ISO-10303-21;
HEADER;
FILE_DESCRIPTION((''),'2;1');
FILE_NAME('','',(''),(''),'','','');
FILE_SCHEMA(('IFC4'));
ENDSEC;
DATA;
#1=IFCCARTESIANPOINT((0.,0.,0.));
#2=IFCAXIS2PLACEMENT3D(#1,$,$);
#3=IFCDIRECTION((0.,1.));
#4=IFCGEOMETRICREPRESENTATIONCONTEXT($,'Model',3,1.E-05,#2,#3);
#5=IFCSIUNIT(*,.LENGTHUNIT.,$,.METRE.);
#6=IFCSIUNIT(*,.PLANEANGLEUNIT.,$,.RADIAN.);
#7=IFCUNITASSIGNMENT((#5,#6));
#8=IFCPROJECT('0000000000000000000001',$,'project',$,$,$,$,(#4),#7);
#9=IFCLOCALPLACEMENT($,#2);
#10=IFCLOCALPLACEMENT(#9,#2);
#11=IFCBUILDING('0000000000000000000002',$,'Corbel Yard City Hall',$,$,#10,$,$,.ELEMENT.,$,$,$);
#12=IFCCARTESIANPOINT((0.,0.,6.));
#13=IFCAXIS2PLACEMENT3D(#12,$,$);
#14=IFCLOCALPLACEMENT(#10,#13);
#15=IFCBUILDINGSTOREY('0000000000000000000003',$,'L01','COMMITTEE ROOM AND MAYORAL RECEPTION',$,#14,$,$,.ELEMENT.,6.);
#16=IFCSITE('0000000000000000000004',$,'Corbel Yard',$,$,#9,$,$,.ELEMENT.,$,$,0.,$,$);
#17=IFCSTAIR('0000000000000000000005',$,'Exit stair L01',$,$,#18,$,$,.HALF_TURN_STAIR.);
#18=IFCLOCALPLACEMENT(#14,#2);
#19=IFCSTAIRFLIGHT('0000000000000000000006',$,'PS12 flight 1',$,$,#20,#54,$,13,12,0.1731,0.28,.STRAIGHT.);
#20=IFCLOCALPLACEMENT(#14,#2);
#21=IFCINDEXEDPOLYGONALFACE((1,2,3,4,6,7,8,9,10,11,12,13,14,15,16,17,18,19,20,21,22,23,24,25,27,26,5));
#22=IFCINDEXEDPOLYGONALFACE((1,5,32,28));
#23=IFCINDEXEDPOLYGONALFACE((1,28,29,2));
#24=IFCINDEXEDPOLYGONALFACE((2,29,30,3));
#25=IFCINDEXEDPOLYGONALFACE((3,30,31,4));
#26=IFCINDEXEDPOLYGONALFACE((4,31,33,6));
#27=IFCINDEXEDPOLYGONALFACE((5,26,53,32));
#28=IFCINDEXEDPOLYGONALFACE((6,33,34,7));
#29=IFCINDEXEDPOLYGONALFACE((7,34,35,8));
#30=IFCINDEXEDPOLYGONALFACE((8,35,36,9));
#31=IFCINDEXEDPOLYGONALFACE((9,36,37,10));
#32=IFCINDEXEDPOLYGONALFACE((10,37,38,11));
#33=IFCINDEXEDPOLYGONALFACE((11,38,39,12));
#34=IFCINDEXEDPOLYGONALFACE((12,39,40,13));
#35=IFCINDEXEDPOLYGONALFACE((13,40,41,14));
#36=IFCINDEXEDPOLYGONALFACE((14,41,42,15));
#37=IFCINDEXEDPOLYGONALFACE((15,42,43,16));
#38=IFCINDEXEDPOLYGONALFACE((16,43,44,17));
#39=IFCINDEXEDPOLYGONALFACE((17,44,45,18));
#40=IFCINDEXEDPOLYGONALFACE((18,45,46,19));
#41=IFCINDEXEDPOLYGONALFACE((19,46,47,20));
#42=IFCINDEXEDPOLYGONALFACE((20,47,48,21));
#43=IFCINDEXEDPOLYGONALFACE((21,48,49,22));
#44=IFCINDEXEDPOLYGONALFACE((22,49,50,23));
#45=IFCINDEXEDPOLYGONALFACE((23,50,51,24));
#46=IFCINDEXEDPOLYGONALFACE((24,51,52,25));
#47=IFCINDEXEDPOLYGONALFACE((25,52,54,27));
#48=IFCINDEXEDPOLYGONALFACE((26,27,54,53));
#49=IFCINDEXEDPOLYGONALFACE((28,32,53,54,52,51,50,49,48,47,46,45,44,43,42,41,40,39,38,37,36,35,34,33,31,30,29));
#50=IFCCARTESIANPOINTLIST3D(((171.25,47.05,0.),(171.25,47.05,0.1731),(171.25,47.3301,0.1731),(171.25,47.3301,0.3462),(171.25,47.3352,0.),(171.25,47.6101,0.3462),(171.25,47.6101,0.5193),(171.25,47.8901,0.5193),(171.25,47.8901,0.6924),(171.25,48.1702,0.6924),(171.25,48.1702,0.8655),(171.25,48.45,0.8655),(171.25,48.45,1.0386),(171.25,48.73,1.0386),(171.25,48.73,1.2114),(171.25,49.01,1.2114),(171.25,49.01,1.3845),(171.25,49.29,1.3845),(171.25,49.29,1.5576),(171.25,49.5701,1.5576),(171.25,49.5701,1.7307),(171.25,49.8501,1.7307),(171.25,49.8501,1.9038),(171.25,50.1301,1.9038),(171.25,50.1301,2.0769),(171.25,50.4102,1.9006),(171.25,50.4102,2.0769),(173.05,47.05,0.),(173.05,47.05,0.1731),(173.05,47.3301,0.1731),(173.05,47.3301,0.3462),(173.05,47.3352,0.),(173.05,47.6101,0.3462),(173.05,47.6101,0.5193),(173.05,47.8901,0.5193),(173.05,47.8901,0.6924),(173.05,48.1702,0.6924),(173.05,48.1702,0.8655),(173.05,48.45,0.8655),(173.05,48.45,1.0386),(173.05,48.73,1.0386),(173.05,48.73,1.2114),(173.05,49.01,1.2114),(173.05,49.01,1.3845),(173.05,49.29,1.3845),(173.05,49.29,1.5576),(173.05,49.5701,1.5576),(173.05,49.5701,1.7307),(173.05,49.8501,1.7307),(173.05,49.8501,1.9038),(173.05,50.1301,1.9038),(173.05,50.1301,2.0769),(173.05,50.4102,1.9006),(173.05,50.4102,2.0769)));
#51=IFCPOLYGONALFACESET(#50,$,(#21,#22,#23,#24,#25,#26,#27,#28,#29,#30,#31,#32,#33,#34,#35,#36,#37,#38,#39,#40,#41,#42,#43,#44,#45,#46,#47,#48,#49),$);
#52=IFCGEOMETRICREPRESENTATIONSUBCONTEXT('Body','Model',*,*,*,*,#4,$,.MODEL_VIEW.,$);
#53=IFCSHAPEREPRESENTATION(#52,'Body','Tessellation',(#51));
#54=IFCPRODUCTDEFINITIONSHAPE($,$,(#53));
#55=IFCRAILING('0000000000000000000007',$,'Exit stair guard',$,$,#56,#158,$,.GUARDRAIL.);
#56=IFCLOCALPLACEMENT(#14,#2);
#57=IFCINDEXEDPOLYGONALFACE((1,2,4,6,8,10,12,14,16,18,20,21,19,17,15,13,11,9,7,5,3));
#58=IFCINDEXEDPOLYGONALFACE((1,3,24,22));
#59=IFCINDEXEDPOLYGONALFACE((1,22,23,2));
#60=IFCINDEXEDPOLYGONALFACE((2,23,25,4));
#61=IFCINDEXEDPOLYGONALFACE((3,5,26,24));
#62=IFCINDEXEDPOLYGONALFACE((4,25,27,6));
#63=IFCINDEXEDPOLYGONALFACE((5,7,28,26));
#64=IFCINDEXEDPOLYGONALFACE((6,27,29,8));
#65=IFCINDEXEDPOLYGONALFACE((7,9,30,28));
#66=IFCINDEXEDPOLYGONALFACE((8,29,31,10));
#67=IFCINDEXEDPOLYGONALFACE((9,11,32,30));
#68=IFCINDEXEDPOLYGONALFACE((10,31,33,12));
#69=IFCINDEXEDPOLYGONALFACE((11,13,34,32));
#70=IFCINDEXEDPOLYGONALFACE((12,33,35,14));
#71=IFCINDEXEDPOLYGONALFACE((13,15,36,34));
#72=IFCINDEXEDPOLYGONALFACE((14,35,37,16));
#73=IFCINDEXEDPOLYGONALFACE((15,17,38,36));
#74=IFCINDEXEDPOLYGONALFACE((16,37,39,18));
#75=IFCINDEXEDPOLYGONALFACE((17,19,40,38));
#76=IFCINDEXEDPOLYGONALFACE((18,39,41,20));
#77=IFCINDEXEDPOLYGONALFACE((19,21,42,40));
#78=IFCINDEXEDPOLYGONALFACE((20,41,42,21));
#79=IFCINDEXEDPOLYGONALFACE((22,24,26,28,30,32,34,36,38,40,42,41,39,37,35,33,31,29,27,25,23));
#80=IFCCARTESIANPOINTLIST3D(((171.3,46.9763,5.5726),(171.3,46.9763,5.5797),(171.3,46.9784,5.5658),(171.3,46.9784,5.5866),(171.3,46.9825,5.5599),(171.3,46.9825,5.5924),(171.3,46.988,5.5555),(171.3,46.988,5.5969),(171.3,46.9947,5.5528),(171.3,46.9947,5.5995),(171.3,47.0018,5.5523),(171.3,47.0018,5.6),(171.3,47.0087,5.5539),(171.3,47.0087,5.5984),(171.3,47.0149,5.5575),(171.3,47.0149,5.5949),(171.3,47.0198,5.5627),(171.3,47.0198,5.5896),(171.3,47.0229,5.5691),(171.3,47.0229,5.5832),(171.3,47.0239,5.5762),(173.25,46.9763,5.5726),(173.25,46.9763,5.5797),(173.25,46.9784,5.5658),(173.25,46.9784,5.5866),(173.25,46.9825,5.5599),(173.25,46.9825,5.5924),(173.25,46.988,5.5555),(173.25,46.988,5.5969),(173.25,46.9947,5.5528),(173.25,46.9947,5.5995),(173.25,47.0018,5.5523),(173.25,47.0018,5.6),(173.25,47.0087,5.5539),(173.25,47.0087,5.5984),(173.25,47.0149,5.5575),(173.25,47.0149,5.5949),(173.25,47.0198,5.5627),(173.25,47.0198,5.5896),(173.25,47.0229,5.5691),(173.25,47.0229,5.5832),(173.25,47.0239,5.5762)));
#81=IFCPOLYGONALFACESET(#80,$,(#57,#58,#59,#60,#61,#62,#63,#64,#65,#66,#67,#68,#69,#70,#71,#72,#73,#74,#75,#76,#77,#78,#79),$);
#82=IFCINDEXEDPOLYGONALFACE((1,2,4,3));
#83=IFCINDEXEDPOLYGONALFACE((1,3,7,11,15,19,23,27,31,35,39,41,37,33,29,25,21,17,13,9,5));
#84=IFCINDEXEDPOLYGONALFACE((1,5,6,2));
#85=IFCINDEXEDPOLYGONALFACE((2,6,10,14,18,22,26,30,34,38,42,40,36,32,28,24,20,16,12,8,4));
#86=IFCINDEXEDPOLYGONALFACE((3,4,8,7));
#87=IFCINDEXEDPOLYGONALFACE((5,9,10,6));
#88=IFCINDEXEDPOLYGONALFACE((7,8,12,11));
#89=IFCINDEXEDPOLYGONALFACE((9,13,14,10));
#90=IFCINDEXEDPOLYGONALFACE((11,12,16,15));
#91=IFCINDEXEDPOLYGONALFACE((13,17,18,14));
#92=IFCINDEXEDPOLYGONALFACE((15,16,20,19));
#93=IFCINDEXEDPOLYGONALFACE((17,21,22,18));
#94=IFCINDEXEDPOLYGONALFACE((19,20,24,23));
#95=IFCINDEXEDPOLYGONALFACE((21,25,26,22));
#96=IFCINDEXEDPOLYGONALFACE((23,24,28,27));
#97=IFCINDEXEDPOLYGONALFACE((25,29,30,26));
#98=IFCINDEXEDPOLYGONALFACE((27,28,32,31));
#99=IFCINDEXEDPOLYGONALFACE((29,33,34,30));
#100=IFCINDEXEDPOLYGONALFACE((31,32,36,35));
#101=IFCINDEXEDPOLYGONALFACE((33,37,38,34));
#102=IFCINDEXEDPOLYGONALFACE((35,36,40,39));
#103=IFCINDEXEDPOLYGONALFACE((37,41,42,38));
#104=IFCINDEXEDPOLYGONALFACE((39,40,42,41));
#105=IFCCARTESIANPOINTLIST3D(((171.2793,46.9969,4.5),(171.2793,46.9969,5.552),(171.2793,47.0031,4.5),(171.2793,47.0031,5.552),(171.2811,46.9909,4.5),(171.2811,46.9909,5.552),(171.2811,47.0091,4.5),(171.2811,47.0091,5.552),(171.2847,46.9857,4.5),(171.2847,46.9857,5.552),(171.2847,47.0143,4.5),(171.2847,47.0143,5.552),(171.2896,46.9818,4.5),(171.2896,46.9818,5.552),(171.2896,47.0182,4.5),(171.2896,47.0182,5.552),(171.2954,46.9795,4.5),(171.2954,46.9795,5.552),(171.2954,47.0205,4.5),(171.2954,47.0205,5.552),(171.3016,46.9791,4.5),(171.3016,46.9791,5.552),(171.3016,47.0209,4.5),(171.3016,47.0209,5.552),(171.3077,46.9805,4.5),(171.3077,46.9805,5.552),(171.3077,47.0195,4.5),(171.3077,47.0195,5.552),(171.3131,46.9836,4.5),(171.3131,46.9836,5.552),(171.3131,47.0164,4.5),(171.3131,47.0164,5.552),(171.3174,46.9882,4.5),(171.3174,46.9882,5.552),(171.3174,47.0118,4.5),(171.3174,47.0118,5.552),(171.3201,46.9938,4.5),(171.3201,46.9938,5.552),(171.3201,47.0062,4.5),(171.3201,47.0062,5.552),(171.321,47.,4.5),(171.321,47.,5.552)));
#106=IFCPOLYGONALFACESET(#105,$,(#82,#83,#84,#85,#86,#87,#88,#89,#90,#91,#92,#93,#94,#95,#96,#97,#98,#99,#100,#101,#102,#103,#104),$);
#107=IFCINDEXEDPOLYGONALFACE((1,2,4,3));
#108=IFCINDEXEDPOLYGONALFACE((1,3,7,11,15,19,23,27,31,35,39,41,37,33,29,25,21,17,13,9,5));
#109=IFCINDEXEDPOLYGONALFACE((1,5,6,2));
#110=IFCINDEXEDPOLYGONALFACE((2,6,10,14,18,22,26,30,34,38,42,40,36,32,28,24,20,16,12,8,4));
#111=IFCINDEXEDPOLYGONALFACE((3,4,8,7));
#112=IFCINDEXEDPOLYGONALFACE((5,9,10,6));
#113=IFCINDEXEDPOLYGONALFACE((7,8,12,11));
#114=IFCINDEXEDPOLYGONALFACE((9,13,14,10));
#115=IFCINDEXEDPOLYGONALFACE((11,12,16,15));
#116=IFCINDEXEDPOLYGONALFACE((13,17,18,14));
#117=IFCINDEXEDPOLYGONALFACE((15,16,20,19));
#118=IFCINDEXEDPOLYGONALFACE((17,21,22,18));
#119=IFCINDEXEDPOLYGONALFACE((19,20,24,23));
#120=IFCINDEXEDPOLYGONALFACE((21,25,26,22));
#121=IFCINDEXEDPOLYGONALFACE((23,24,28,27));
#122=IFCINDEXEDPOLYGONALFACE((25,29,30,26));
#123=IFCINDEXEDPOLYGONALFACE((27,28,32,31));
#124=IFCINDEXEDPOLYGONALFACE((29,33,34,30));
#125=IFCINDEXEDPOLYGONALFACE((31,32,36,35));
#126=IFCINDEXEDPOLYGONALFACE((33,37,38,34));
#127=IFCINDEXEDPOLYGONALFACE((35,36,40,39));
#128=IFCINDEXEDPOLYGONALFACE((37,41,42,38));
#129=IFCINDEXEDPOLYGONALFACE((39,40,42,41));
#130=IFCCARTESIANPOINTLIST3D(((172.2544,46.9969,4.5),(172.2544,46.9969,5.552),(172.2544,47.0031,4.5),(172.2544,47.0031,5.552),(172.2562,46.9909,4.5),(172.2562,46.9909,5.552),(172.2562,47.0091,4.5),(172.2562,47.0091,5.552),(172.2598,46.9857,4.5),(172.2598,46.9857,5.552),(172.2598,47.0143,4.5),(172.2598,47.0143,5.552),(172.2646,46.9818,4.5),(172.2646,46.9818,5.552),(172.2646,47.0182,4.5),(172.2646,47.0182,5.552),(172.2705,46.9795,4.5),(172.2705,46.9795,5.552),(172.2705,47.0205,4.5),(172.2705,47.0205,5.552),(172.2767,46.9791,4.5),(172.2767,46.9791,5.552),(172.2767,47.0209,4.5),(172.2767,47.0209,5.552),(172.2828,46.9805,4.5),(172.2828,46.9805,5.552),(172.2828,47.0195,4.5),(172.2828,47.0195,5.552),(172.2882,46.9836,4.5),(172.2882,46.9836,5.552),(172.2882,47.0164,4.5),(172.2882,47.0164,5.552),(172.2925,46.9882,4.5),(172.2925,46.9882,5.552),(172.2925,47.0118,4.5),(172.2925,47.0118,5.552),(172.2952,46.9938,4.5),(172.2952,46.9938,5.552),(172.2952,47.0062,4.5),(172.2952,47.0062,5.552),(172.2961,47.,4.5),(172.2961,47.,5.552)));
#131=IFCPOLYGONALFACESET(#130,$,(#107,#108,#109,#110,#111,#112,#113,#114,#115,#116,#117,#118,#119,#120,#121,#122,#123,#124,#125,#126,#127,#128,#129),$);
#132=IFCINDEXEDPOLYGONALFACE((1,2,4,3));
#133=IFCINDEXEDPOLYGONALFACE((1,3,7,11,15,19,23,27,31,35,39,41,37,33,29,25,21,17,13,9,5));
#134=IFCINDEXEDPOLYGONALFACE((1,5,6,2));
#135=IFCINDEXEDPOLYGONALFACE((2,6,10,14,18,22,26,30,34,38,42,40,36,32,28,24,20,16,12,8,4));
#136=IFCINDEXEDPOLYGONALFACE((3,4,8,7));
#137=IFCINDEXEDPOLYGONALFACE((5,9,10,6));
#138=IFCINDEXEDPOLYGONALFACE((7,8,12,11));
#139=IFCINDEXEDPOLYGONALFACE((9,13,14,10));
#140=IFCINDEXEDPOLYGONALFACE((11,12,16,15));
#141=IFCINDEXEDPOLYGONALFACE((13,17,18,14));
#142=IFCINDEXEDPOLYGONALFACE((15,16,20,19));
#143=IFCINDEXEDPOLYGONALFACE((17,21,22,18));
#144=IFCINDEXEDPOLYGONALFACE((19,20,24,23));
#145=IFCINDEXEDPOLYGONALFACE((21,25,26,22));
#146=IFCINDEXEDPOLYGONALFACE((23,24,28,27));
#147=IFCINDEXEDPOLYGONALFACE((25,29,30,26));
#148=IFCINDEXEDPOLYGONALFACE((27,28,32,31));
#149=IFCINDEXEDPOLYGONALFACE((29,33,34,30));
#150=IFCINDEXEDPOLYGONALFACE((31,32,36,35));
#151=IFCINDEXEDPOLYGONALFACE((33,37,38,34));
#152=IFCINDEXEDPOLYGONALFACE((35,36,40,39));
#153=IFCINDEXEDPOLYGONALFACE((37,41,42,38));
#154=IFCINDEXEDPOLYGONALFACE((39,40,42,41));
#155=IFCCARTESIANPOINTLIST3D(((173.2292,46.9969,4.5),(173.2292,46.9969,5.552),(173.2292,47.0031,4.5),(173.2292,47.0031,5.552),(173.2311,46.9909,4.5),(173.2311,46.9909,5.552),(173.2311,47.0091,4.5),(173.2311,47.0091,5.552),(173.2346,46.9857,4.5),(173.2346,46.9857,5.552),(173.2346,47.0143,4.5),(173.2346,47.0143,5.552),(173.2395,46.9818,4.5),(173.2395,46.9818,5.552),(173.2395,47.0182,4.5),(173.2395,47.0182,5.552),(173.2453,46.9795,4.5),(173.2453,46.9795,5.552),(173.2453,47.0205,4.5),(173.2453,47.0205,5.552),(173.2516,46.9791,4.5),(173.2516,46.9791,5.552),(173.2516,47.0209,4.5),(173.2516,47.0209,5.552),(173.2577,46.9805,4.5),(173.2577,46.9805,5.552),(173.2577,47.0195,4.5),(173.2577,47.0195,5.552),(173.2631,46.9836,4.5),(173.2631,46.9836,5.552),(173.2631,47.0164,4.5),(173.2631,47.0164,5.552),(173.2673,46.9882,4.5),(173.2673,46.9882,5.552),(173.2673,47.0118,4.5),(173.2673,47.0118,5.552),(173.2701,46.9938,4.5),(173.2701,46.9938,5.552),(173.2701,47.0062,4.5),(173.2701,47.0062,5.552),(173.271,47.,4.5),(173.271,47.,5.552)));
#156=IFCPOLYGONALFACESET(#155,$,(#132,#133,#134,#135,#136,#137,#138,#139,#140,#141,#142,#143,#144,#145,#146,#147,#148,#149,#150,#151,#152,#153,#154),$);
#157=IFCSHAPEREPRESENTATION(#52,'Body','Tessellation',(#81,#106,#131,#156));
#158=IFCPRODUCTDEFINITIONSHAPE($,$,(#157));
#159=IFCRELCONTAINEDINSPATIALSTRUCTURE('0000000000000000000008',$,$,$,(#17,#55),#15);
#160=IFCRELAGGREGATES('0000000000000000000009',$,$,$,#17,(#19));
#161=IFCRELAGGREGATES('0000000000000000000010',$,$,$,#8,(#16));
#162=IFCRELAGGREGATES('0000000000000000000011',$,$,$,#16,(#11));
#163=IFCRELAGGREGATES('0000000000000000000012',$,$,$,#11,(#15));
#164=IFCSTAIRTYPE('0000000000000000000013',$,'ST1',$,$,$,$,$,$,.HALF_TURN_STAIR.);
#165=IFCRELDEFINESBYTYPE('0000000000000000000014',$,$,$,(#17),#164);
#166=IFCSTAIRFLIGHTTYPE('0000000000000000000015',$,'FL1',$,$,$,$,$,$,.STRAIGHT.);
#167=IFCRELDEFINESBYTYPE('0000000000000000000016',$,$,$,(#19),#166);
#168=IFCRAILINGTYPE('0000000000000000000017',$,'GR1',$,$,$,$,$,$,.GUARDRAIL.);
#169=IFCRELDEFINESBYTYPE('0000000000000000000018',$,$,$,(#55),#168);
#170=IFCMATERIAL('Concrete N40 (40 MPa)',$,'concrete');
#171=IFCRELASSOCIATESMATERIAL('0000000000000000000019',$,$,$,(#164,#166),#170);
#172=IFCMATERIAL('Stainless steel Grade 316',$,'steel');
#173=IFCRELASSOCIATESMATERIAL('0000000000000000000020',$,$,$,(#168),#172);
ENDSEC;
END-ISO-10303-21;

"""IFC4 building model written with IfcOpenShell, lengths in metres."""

from ifc_helpers import new_model, si_unit, direction, frame, origin, origin_2d, place, context, subcontext, project, spatial, polyline, circle, outline, extrude, material, type_object, element, aggregate, save


model = new_model("IFC4")

# Units and contexts
model_context = context("Model", 3, precision=1e-05, world=origin(), true_north=direction((0.0, 1.0)))
body_context = subcontext(model_context, "Body", "Model", "MODEL_VIEW")
ifc_project = project(units=[si_unit("LENGTHUNIT", "METRE"), si_unit("PLANEANGLEUNIT", "RADIAN")], contexts=[model_context])

# Site, building, storey
site_placement = place(None, origin())
site = spatial("IfcSite", under=ifc_project, at=site_placement, Name="Corbel Yard", CompositionType="ELEMENT", RefElevation=0.0)
building_placement = place(site_placement, origin())
building = spatial("IfcBuilding", under=site, at=building_placement, Name="Corbel Yard City Hall", CompositionType="ELEMENT")
storey_placement = place(building_placement, frame((0.0, 0.0, 6.0)))
storey = spatial("IfcBuildingStorey", under=building, at=storey_placement, Name="L01", Description="COMMITTEE ROOM AND MAYORAL RECEPTION", CompositionType="ELEMENT", Elevation=6.0)

# Shared definitions
ifc_material_1 = material(Name="Concrete N40 (40 MPa)", Category="concrete")
ifc_material_2 = material(Name="Stainless steel Grade 316", Category="steel")

# Stair, stair flight
stair_type = type_object("IfcStairType", Name="ST1", PredefinedType="HALF_TURN_STAIR", material=ifc_material_1)
stair_placement = place(storey_placement, origin())
stair = element("IfcStair", 1, at=stair_placement, inside=storey, type_object=stair_type, Name="Exit stair L01", PredefinedType="HALF_TURN_STAIR")
stair_flight_type = type_object("IfcStairFlightType", Name="FL1", PredefinedType="STRAIGHT", material=ifc_material_1)
stair_flight_placement = place(storey_placement, frame((172.1499, 47.05, 0.0), z_axis=(0.0, 0.0, 1.0), x_axis=(0.0, 1.0, 0.0)))
stair_flight = element("IfcStairFlight", 2, at=stair_flight_placement, type_object=stair_flight_type, Name="PS12 flight 1", NumberOfRisers=13, NumberOfTreads=12, PredefinedType="STRAIGHT", RiserHeight=0.1731, TreadLength=0.28, context=body_context, shape_type="SweptSolid", body=[
    extrude(outline(polyline([(0.0, 0.0), (0.0, 0.1731), (0.28, 0.1731), (0.28, 0.3462), (0.5601, 0.3462), (0.5601, 0.5193), (0.8401, 0.5193), (0.8401, 0.6924), (1.1201, 0.6924), (1.1201, 0.8655), (1.3999, 0.8655), (1.3999, 1.0386), (1.6799, 1.0386), (1.6799, 1.2114), (1.96, 1.2114), (1.96, 1.3845), (2.24, 1.3845), (2.24, 1.5576), (2.52, 1.5576), (2.52, 1.7307), (2.8, 1.7307), (2.8, 1.9038), (3.0801, 1.9038), (3.0801, 2.0769), (3.3601, 2.0769), (3.3601, 2.25), (3.3601, 1.9006), (0.2852, 0.0), (0.0, 0.0)])), frame((0.0, 0.8999, 0.0), z_axis=(0.0, -1.0, 0.0), x_axis=(1.0, 0.0, 0.0)), (0.0, 0.0, 1.0), 1.8),
])
aggregate(stair, [stair_flight])

# Railing
railing_type_1 = type_object("IfcRailingType", Name="GR1", PredefinedType="GUARDRAIL", material=ifc_material_2)
railing_placement = place(storey_placement, frame((171.3, 47.0, 4.5)))
element("IfcRailing", 3, at=railing_placement, inside=storey, type_object=railing_type_1, Name="Exit stair guard", PredefinedType="GUARDRAIL", context=body_context, shape_type="SweptSolid", body=[
    extrude(circle(Radius=0.0239, at=origin_2d()), frame((0.0, 0.0, 1.0762), z_axis=(1.0, 0.0, 0.0), x_axis=(0.0, 1.0, 0.0)), (0.0, 0.0, 1.0), 1.95),
    extrude(circle(Radius=0.021, at=origin_2d()), origin(), (0.0, 0.0, 1.0), 1.052),
    extrude(circle(Radius=0.021, at=origin_2d()), frame((0.9751, 0.0, 0.0)), (0.0, 0.0, 1.0), 1.052),
    extrude(circle(Radius=0.021, at=origin_2d()), frame((1.95, 0.0, 0.0)), (0.0, 0.0, 1.0), 1.052),
])

save(model, "model.ifc")
